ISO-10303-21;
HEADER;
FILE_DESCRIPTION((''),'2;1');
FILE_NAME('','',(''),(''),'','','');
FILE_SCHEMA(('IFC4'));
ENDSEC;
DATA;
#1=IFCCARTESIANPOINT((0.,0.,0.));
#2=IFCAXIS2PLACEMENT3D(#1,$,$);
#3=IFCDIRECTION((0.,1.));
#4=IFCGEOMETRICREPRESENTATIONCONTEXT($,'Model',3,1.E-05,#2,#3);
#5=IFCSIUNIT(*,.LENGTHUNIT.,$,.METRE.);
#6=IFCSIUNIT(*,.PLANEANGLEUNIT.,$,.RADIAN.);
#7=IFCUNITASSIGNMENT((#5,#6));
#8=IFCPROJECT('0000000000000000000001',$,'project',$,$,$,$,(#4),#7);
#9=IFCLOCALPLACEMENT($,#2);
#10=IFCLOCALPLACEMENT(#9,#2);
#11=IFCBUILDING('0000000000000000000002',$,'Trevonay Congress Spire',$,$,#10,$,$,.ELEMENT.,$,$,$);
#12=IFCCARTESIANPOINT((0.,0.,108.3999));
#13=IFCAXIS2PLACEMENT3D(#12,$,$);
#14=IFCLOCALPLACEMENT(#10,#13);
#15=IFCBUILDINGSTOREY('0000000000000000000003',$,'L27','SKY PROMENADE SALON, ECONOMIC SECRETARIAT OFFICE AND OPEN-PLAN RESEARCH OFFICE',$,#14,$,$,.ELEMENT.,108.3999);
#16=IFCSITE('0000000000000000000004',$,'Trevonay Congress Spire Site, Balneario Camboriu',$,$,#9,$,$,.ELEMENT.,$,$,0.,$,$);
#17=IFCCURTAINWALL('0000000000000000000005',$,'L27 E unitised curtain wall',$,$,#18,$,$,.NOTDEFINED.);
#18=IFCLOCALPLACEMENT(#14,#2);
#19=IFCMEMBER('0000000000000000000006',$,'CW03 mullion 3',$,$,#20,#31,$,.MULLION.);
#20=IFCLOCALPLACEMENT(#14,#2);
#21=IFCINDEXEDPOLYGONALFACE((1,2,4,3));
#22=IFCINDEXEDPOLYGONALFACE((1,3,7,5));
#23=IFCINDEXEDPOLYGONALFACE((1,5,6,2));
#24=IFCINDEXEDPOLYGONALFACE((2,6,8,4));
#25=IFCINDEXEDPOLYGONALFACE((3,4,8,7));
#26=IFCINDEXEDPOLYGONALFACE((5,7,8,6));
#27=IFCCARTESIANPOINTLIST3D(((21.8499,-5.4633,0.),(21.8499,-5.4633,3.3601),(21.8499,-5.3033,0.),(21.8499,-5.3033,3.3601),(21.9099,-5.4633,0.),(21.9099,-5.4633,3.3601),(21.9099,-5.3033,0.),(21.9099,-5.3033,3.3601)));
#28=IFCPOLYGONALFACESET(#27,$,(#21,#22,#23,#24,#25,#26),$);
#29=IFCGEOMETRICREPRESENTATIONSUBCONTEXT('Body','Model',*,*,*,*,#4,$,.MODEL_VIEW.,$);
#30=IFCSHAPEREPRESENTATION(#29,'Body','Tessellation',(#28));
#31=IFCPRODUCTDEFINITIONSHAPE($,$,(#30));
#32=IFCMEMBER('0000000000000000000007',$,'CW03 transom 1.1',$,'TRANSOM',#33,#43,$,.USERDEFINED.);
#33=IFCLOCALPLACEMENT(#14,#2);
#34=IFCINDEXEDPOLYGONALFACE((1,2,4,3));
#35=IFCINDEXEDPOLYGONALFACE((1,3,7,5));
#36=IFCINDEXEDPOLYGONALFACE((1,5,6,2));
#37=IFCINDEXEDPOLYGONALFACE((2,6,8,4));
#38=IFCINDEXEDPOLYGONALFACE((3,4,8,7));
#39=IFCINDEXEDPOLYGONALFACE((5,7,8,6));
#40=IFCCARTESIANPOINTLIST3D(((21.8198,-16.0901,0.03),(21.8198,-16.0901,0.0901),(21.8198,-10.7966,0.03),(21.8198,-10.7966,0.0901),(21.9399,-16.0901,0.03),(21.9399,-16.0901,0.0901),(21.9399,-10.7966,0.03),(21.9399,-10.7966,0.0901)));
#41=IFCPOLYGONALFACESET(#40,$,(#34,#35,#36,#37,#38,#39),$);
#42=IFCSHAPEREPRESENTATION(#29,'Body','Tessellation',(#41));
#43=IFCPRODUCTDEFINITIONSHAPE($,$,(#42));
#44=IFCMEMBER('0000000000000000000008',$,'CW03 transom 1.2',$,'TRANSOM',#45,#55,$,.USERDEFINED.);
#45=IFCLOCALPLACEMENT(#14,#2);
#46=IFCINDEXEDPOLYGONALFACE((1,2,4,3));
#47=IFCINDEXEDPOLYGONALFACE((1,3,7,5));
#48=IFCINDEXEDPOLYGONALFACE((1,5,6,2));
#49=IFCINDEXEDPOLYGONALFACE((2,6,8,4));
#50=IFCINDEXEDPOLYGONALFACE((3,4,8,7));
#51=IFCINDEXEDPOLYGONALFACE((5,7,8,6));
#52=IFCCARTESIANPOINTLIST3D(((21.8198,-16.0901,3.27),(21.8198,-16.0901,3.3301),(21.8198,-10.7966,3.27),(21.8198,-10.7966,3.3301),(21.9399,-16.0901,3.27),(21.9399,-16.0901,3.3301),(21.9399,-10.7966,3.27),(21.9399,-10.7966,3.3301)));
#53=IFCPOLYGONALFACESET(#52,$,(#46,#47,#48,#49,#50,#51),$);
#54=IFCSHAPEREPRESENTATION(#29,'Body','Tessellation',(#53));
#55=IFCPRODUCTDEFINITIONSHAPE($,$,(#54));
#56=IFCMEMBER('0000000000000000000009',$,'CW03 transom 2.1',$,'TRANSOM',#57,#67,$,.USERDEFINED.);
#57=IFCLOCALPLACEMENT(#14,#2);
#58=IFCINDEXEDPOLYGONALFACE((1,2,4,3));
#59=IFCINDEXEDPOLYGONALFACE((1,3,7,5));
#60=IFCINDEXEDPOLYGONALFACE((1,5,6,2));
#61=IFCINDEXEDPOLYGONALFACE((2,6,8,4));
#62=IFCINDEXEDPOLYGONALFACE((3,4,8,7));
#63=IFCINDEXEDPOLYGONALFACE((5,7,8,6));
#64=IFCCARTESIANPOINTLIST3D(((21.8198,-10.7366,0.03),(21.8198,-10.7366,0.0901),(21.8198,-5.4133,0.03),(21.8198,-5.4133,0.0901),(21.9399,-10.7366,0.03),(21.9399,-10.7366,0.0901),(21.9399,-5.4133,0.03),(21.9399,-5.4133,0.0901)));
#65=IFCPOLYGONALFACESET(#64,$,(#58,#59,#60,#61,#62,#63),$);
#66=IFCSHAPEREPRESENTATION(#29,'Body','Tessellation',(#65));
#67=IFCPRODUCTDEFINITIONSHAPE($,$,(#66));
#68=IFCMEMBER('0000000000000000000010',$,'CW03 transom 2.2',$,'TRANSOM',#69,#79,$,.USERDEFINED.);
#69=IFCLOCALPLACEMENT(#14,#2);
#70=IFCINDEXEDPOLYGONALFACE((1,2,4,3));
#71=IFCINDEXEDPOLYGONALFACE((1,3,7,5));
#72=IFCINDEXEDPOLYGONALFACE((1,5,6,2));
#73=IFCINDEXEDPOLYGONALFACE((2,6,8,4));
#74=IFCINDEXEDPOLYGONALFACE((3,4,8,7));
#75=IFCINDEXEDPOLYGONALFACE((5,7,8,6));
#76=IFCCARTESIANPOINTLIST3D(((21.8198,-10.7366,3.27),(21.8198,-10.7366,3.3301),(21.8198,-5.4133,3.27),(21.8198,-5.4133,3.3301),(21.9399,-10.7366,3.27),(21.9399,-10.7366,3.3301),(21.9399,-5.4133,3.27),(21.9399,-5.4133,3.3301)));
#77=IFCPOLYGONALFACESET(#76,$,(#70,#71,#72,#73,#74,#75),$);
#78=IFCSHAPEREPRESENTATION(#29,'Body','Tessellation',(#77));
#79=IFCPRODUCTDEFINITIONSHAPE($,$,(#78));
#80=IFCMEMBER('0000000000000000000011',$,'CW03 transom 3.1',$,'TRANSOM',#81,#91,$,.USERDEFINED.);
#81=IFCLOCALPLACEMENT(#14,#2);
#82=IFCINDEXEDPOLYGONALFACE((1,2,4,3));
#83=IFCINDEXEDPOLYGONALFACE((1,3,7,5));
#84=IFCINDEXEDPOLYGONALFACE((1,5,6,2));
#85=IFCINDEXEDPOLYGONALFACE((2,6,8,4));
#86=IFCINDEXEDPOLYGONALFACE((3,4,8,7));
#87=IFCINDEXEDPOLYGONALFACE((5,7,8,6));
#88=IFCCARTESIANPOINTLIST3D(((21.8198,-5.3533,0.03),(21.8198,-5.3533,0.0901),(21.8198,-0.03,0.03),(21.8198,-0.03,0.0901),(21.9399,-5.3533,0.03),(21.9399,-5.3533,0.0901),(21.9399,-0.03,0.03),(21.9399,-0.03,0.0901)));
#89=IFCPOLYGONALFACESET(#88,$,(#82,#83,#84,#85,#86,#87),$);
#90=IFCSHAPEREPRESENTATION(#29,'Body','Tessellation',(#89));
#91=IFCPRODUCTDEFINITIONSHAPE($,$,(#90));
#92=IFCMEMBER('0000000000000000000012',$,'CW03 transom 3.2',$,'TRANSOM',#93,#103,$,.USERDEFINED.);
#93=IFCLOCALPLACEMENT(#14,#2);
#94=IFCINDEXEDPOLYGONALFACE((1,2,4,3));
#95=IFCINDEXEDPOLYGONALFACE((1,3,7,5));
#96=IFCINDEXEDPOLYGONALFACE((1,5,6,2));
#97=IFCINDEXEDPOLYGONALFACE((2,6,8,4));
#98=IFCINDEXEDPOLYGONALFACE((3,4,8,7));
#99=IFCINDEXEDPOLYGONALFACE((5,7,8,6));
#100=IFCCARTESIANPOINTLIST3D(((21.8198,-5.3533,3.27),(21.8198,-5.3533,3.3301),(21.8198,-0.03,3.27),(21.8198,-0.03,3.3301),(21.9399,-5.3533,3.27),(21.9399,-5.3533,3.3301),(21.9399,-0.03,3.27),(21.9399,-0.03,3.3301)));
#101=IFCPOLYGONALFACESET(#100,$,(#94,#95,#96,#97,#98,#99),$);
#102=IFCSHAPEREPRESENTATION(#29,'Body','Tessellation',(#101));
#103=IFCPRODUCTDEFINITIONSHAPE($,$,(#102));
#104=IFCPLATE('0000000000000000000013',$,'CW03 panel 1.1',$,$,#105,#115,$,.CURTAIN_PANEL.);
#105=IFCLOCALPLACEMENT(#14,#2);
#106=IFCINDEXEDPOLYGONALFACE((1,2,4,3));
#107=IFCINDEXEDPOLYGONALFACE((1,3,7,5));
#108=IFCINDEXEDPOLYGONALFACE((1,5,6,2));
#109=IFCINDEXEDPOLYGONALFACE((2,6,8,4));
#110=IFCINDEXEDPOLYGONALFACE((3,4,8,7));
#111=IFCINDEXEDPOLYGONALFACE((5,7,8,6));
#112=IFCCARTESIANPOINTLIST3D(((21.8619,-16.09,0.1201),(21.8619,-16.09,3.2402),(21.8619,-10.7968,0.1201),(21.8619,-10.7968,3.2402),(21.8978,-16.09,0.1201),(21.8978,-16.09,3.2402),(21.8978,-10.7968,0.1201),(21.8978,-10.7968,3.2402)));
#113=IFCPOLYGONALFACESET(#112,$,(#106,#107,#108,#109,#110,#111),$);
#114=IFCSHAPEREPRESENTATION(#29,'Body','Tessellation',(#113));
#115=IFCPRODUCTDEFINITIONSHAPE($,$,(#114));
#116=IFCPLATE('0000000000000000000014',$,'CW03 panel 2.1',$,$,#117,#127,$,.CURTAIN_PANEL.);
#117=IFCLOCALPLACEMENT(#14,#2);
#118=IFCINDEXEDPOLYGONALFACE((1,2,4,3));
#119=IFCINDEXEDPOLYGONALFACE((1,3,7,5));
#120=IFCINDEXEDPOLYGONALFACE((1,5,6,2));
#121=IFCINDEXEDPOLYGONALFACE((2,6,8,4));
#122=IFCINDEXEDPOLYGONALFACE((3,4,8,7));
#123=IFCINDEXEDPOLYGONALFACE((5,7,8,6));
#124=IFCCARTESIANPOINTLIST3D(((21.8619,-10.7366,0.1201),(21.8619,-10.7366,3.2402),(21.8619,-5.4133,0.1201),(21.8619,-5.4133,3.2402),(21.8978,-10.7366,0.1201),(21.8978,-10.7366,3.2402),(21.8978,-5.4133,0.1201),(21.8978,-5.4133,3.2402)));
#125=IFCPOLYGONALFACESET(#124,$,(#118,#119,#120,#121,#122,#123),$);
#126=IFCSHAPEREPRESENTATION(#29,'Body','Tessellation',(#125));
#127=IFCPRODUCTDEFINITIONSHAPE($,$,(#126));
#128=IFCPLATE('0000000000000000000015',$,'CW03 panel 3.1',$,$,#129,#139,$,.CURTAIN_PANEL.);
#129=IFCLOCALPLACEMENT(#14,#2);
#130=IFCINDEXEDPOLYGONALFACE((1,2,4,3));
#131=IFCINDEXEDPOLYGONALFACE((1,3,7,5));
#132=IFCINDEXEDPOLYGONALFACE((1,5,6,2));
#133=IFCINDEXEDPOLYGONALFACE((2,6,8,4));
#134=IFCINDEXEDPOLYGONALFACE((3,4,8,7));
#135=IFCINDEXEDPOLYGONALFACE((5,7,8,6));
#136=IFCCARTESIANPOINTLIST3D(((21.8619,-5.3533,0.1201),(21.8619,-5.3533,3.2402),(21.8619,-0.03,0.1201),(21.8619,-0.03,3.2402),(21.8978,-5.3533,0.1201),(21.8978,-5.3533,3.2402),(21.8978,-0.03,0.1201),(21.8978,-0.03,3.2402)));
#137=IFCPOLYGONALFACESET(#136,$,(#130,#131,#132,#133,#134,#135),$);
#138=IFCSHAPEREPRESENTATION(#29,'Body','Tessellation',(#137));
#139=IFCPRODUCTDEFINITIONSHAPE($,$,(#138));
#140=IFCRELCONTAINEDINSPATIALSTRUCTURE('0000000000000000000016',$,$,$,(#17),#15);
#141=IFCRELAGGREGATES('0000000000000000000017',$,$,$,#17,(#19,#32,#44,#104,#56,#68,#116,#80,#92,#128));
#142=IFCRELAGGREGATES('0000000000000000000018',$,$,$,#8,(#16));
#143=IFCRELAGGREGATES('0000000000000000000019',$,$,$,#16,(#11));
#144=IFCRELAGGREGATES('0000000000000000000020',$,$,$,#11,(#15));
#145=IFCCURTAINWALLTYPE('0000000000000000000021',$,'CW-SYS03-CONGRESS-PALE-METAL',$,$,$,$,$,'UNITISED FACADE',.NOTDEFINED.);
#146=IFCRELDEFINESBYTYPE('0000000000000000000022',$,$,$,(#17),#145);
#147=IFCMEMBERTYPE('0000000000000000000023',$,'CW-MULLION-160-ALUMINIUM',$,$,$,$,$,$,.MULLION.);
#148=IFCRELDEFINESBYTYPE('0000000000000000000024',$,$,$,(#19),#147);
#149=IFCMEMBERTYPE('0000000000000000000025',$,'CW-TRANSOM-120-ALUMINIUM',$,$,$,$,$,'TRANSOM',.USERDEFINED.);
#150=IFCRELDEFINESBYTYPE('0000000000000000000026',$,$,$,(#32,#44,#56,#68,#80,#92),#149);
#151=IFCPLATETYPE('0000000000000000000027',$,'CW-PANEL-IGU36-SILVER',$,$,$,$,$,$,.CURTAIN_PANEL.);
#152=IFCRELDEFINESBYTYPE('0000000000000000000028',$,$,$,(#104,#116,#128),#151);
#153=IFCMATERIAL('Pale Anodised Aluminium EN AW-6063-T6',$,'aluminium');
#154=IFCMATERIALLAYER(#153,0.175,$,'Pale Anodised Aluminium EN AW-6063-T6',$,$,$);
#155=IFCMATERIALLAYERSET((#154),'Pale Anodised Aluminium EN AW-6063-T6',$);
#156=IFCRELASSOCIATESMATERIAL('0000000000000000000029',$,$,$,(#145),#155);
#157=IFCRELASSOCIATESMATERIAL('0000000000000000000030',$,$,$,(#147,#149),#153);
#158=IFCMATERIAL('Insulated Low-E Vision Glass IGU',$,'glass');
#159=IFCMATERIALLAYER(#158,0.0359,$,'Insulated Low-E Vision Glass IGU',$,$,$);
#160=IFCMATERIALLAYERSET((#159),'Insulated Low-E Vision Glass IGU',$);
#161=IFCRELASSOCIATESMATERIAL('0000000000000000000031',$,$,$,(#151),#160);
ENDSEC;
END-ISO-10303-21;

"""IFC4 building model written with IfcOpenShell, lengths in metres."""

from ifc_helpers import new_model, si_unit, direction, frame, origin, origin_2d, place, context, subcontext, project, spatial, rectangle, extrude, material, layer, layer_set, material_profile, profile_set, type_object, element, aggregate, save


model = new_model("IFC4")

# Units and contexts
model_context = context("Model", 3, precision=1e-05, world=origin(), true_north=direction((0.0, 1.0)))
body_context = subcontext(model_context, "Body", "Model", "MODEL_VIEW")
ifc_project = project(units=[si_unit("LENGTHUNIT", "METRE"), si_unit("PLANEANGLEUNIT", "RADIAN")], contexts=[model_context])

# Site, building, storey
site_placement = place(None, origin())
site = spatial("IfcSite", under=ifc_project, at=site_placement, Name="Trevonay Congress Spire Site, Balneario Camboriu", CompositionType="ELEMENT", RefElevation=0.0)
building_placement = place(site_placement, origin())
building = spatial("IfcBuilding", under=site, at=building_placement, Name="Trevonay Congress Spire", CompositionType="ELEMENT")
storey_placement = place(building_placement, frame((0.0, 0.0, 108.3999)))
storey = spatial("IfcBuildingStorey", under=building, at=storey_placement, Name="L27", Description="SKY PROMENADE SALON, ECONOMIC SECRETARIAT OFFICE AND OPEN-PLAN RESEARCH OFFICE", CompositionType="ELEMENT", Elevation=108.3999)

# Curtain wall, members, plates
ifc_material_1 = material(Name="Pale Anodised Aluminium EN AW-6063-T6", Category="aluminium")
ifc_layer_1 = layer(ifc_material_1, 0.175, Name="Pale Anodised Aluminium EN AW-6063-T6")
ifc_layer_set_1 = layer_set([ifc_layer_1], Name="Pale Anodised Aluminium EN AW-6063-T6")
curtain_wall_type = type_object("IfcCurtainWallType", Name="CW-SYS03-CONGRESS-PALE-METAL", ElementType="UNITISED FACADE", PredefinedType="NOTDEFINED", material=ifc_layer_set_1)
curtain_wall_placement = place(storey_placement, origin())
curtain_wall = element("IfcCurtainWall", 1, at=curtain_wall_placement, inside=storey, type_object=curtain_wall_type, Name="L27 E unitised curtain wall", PredefinedType="NOTDEFINED")
ifc_material_profile_1 = material_profile(ifc_material_1, rectangle(XDim=0.0601, YDim=0.1599, at=origin_2d()), Name="CW-MULLION-160-ALUMINIUM")
ifc_profile_set_1 = profile_set([ifc_material_profile_1], Name="Pale Anodised Aluminium EN AW-6063-T6")
member_type_1 = type_object("IfcMemberType", Name="CW-MULLION-160-ALUMINIUM", PredefinedType="MULLION", material=ifc_profile_set_1)
member_1_placement = place(storey_placement, frame((21.8799, -5.3833, 0.0), z_axis=(0.0, 0.0, 1.0), x_axis=(-1.0, 0.0, 0.0)))
member_1 = element("IfcMember", 2, at=member_1_placement, type_object=member_type_1, Name="CW03 mullion 3", PredefinedType="MULLION", context=body_context, shape_type="SweptSolid", body=[
    extrude(rectangle(XDim=0.0601, YDim=0.1599, at=origin_2d()), origin(), (0.0, 0.0, 1.0), 3.3601),
])
ifc_material_profile_2 = material_profile(ifc_material_1, rectangle(XDim=0.1201, YDim=0.0601, at=origin_2d()), Name="CW-TRANSOM-120-ALUMINIUM")
ifc_profile_set_2 = profile_set([ifc_material_profile_2], Name="Pale Anodised Aluminium EN AW-6063-T6")
member_type_2 = type_object("IfcMemberType", Name="CW-TRANSOM-120-ALUMINIUM", ElementType="TRANSOM", PredefinedType="USERDEFINED", material=ifc_profile_set_2)
member_2_placement = place(storey_placement, frame((21.8799, -16.0901, 0.0601), z_axis=(0.0, 1.0, 0.0), x_axis=(-1.0, 0.0, 0.0)))
member_2 = element("IfcMember", 3, at=member_2_placement, type_object=member_type_2, Name="CW03 transom 1.1", ObjectType="TRANSOM", PredefinedType="USERDEFINED", context=body_context, shape_type="SweptSolid", body=[
    extrude(rectangle(XDim=0.1201, YDim=0.0601, at=origin_2d()), origin(), (0.0, 0.0, 1.0), 5.2935),
])
member_3_placement = place(storey_placement, frame((21.8799, -16.0901, 3.3), z_axis=(0.0, 1.0, 0.0), x_axis=(-1.0, 0.0, 0.0)))
member_3 = element("IfcMember", 4, at=member_3_placement, type_object=member_type_2, Name="CW03 transom 1.2", ObjectType="TRANSOM", PredefinedType="USERDEFINED", context=body_context, shape_type="SweptSolid", body=[
    extrude(rectangle(XDim=0.1201, YDim=0.0601, at=origin_2d()), origin(), (0.0, 0.0, 1.0), 5.2935),
])
member_4_placement = place(storey_placement, frame((21.8799, -10.7366, 0.0601), z_axis=(0.0, 1.0, 0.0), x_axis=(-1.0, 0.0, 0.0)))
member_4 = element("IfcMember", 5, at=member_4_placement, type_object=member_type_2, Name="CW03 transom 2.1", ObjectType="TRANSOM", PredefinedType="USERDEFINED", context=body_context, shape_type="SweptSolid", body=[
    extrude(rectangle(XDim=0.1201, YDim=0.0601, at=origin_2d()), origin(), (0.0, 0.0, 1.0), 5.3232),
])
member_5_placement = place(storey_placement, frame((21.8799, -10.7366, 3.3), z_axis=(0.0, 1.0, 0.0), x_axis=(-1.0, 0.0, 0.0)))
member_5 = element("IfcMember", 6, at=member_5_placement, type_object=member_type_2, Name="CW03 transom 2.2", ObjectType="TRANSOM", PredefinedType="USERDEFINED", context=body_context, shape_type="SweptSolid", body=[
    extrude(rectangle(XDim=0.1201, YDim=0.0601, at=origin_2d()), origin(), (0.0, 0.0, 1.0), 5.3232),
])
member_6_placement = place(storey_placement, frame((21.8799, -5.3533, 0.0601), z_axis=(0.0, 1.0, 0.0), x_axis=(-1.0, 0.0, 0.0)))
member_6 = element("IfcMember", 7, at=member_6_placement, type_object=member_type_2, Name="CW03 transom 3.1", ObjectType="TRANSOM", PredefinedType="USERDEFINED", context=body_context, shape_type="SweptSolid", body=[
    extrude(rectangle(XDim=0.1201, YDim=0.0601, at=origin_2d()), origin(), (0.0, 0.0, 1.0), 5.3232),
])
member_7_placement = place(storey_placement, frame((21.8799, -5.3533, 3.3), z_axis=(0.0, 1.0, 0.0), x_axis=(-1.0, 0.0, 0.0)))
member_7 = element("IfcMember", 8, at=member_7_placement, type_object=member_type_2, Name="CW03 transom 3.2", ObjectType="TRANSOM", PredefinedType="USERDEFINED", context=body_context, shape_type="SweptSolid", body=[
    extrude(rectangle(XDim=0.1201, YDim=0.0601, at=origin_2d()), origin(), (0.0, 0.0, 1.0), 5.3232),
])
ifc_material_2 = material(Name="Insulated Low-E Vision Glass IGU", Category="glass")
ifc_layer_2 = layer(ifc_material_2, 0.0359, Name="Insulated Low-E Vision Glass IGU")
ifc_layer_set_2 = layer_set([ifc_layer_2], Name="Insulated Low-E Vision Glass IGU")
plate_type = type_object("IfcPlateType", Name="CW-PANEL-IGU36-SILVER", PredefinedType="CURTAIN_PANEL", material=ifc_layer_set_2)
plate_1_placement = place(storey_placement, frame((21.8799, -13.4434, 0.1201), z_axis=(0.0, 0.0, 1.0), x_axis=(0.0, 1.0, 0.0)))
plate_1 = element("IfcPlate", 9, at=plate_1_placement, type_object=plate_type, Name="CW03 panel 1.1", PredefinedType="CURTAIN_PANEL", context=body_context, shape_type="SweptSolid", body=[
    extrude(rectangle(XDim=5.2932, YDim=0.0359, at=origin_2d()), origin(), (0.0, 0.0, 1.0), 3.1201),
])
plate_2_placement = place(storey_placement, frame((21.8799, -8.075, 0.1201), z_axis=(0.0, 0.0, 1.0), x_axis=(0.0, 1.0, 0.0)))
plate_2 = element("IfcPlate", 10, at=plate_2_placement, type_object=plate_type, Name="CW03 panel 2.1", PredefinedType="CURTAIN_PANEL", context=body_context, shape_type="SweptSolid", body=[
    extrude(rectangle(XDim=5.3232, YDim=0.0359, at=origin_2d()), origin(), (0.0, 0.0, 1.0), 3.1201),
])
plate_3_placement = place(storey_placement, frame((21.8799, -2.6917, 0.1201), z_axis=(0.0, 0.0, 1.0), x_axis=(0.0, 1.0, 0.0)))
plate_3 = element("IfcPlate", 11, at=plate_3_placement, type_object=plate_type, Name="CW03 panel 3.1", PredefinedType="CURTAIN_PANEL", context=body_context, shape_type="SweptSolid", body=[
    extrude(rectangle(XDim=5.3232, YDim=0.0359, at=origin_2d()), origin(), (0.0, 0.0, 1.0), 3.1201),
])
aggregate(curtain_wall, [member_1, member_2, member_3, plate_1, member_4, member_5, plate_2, member_6, member_7, plate_3])

save(model, "model.ifc")
